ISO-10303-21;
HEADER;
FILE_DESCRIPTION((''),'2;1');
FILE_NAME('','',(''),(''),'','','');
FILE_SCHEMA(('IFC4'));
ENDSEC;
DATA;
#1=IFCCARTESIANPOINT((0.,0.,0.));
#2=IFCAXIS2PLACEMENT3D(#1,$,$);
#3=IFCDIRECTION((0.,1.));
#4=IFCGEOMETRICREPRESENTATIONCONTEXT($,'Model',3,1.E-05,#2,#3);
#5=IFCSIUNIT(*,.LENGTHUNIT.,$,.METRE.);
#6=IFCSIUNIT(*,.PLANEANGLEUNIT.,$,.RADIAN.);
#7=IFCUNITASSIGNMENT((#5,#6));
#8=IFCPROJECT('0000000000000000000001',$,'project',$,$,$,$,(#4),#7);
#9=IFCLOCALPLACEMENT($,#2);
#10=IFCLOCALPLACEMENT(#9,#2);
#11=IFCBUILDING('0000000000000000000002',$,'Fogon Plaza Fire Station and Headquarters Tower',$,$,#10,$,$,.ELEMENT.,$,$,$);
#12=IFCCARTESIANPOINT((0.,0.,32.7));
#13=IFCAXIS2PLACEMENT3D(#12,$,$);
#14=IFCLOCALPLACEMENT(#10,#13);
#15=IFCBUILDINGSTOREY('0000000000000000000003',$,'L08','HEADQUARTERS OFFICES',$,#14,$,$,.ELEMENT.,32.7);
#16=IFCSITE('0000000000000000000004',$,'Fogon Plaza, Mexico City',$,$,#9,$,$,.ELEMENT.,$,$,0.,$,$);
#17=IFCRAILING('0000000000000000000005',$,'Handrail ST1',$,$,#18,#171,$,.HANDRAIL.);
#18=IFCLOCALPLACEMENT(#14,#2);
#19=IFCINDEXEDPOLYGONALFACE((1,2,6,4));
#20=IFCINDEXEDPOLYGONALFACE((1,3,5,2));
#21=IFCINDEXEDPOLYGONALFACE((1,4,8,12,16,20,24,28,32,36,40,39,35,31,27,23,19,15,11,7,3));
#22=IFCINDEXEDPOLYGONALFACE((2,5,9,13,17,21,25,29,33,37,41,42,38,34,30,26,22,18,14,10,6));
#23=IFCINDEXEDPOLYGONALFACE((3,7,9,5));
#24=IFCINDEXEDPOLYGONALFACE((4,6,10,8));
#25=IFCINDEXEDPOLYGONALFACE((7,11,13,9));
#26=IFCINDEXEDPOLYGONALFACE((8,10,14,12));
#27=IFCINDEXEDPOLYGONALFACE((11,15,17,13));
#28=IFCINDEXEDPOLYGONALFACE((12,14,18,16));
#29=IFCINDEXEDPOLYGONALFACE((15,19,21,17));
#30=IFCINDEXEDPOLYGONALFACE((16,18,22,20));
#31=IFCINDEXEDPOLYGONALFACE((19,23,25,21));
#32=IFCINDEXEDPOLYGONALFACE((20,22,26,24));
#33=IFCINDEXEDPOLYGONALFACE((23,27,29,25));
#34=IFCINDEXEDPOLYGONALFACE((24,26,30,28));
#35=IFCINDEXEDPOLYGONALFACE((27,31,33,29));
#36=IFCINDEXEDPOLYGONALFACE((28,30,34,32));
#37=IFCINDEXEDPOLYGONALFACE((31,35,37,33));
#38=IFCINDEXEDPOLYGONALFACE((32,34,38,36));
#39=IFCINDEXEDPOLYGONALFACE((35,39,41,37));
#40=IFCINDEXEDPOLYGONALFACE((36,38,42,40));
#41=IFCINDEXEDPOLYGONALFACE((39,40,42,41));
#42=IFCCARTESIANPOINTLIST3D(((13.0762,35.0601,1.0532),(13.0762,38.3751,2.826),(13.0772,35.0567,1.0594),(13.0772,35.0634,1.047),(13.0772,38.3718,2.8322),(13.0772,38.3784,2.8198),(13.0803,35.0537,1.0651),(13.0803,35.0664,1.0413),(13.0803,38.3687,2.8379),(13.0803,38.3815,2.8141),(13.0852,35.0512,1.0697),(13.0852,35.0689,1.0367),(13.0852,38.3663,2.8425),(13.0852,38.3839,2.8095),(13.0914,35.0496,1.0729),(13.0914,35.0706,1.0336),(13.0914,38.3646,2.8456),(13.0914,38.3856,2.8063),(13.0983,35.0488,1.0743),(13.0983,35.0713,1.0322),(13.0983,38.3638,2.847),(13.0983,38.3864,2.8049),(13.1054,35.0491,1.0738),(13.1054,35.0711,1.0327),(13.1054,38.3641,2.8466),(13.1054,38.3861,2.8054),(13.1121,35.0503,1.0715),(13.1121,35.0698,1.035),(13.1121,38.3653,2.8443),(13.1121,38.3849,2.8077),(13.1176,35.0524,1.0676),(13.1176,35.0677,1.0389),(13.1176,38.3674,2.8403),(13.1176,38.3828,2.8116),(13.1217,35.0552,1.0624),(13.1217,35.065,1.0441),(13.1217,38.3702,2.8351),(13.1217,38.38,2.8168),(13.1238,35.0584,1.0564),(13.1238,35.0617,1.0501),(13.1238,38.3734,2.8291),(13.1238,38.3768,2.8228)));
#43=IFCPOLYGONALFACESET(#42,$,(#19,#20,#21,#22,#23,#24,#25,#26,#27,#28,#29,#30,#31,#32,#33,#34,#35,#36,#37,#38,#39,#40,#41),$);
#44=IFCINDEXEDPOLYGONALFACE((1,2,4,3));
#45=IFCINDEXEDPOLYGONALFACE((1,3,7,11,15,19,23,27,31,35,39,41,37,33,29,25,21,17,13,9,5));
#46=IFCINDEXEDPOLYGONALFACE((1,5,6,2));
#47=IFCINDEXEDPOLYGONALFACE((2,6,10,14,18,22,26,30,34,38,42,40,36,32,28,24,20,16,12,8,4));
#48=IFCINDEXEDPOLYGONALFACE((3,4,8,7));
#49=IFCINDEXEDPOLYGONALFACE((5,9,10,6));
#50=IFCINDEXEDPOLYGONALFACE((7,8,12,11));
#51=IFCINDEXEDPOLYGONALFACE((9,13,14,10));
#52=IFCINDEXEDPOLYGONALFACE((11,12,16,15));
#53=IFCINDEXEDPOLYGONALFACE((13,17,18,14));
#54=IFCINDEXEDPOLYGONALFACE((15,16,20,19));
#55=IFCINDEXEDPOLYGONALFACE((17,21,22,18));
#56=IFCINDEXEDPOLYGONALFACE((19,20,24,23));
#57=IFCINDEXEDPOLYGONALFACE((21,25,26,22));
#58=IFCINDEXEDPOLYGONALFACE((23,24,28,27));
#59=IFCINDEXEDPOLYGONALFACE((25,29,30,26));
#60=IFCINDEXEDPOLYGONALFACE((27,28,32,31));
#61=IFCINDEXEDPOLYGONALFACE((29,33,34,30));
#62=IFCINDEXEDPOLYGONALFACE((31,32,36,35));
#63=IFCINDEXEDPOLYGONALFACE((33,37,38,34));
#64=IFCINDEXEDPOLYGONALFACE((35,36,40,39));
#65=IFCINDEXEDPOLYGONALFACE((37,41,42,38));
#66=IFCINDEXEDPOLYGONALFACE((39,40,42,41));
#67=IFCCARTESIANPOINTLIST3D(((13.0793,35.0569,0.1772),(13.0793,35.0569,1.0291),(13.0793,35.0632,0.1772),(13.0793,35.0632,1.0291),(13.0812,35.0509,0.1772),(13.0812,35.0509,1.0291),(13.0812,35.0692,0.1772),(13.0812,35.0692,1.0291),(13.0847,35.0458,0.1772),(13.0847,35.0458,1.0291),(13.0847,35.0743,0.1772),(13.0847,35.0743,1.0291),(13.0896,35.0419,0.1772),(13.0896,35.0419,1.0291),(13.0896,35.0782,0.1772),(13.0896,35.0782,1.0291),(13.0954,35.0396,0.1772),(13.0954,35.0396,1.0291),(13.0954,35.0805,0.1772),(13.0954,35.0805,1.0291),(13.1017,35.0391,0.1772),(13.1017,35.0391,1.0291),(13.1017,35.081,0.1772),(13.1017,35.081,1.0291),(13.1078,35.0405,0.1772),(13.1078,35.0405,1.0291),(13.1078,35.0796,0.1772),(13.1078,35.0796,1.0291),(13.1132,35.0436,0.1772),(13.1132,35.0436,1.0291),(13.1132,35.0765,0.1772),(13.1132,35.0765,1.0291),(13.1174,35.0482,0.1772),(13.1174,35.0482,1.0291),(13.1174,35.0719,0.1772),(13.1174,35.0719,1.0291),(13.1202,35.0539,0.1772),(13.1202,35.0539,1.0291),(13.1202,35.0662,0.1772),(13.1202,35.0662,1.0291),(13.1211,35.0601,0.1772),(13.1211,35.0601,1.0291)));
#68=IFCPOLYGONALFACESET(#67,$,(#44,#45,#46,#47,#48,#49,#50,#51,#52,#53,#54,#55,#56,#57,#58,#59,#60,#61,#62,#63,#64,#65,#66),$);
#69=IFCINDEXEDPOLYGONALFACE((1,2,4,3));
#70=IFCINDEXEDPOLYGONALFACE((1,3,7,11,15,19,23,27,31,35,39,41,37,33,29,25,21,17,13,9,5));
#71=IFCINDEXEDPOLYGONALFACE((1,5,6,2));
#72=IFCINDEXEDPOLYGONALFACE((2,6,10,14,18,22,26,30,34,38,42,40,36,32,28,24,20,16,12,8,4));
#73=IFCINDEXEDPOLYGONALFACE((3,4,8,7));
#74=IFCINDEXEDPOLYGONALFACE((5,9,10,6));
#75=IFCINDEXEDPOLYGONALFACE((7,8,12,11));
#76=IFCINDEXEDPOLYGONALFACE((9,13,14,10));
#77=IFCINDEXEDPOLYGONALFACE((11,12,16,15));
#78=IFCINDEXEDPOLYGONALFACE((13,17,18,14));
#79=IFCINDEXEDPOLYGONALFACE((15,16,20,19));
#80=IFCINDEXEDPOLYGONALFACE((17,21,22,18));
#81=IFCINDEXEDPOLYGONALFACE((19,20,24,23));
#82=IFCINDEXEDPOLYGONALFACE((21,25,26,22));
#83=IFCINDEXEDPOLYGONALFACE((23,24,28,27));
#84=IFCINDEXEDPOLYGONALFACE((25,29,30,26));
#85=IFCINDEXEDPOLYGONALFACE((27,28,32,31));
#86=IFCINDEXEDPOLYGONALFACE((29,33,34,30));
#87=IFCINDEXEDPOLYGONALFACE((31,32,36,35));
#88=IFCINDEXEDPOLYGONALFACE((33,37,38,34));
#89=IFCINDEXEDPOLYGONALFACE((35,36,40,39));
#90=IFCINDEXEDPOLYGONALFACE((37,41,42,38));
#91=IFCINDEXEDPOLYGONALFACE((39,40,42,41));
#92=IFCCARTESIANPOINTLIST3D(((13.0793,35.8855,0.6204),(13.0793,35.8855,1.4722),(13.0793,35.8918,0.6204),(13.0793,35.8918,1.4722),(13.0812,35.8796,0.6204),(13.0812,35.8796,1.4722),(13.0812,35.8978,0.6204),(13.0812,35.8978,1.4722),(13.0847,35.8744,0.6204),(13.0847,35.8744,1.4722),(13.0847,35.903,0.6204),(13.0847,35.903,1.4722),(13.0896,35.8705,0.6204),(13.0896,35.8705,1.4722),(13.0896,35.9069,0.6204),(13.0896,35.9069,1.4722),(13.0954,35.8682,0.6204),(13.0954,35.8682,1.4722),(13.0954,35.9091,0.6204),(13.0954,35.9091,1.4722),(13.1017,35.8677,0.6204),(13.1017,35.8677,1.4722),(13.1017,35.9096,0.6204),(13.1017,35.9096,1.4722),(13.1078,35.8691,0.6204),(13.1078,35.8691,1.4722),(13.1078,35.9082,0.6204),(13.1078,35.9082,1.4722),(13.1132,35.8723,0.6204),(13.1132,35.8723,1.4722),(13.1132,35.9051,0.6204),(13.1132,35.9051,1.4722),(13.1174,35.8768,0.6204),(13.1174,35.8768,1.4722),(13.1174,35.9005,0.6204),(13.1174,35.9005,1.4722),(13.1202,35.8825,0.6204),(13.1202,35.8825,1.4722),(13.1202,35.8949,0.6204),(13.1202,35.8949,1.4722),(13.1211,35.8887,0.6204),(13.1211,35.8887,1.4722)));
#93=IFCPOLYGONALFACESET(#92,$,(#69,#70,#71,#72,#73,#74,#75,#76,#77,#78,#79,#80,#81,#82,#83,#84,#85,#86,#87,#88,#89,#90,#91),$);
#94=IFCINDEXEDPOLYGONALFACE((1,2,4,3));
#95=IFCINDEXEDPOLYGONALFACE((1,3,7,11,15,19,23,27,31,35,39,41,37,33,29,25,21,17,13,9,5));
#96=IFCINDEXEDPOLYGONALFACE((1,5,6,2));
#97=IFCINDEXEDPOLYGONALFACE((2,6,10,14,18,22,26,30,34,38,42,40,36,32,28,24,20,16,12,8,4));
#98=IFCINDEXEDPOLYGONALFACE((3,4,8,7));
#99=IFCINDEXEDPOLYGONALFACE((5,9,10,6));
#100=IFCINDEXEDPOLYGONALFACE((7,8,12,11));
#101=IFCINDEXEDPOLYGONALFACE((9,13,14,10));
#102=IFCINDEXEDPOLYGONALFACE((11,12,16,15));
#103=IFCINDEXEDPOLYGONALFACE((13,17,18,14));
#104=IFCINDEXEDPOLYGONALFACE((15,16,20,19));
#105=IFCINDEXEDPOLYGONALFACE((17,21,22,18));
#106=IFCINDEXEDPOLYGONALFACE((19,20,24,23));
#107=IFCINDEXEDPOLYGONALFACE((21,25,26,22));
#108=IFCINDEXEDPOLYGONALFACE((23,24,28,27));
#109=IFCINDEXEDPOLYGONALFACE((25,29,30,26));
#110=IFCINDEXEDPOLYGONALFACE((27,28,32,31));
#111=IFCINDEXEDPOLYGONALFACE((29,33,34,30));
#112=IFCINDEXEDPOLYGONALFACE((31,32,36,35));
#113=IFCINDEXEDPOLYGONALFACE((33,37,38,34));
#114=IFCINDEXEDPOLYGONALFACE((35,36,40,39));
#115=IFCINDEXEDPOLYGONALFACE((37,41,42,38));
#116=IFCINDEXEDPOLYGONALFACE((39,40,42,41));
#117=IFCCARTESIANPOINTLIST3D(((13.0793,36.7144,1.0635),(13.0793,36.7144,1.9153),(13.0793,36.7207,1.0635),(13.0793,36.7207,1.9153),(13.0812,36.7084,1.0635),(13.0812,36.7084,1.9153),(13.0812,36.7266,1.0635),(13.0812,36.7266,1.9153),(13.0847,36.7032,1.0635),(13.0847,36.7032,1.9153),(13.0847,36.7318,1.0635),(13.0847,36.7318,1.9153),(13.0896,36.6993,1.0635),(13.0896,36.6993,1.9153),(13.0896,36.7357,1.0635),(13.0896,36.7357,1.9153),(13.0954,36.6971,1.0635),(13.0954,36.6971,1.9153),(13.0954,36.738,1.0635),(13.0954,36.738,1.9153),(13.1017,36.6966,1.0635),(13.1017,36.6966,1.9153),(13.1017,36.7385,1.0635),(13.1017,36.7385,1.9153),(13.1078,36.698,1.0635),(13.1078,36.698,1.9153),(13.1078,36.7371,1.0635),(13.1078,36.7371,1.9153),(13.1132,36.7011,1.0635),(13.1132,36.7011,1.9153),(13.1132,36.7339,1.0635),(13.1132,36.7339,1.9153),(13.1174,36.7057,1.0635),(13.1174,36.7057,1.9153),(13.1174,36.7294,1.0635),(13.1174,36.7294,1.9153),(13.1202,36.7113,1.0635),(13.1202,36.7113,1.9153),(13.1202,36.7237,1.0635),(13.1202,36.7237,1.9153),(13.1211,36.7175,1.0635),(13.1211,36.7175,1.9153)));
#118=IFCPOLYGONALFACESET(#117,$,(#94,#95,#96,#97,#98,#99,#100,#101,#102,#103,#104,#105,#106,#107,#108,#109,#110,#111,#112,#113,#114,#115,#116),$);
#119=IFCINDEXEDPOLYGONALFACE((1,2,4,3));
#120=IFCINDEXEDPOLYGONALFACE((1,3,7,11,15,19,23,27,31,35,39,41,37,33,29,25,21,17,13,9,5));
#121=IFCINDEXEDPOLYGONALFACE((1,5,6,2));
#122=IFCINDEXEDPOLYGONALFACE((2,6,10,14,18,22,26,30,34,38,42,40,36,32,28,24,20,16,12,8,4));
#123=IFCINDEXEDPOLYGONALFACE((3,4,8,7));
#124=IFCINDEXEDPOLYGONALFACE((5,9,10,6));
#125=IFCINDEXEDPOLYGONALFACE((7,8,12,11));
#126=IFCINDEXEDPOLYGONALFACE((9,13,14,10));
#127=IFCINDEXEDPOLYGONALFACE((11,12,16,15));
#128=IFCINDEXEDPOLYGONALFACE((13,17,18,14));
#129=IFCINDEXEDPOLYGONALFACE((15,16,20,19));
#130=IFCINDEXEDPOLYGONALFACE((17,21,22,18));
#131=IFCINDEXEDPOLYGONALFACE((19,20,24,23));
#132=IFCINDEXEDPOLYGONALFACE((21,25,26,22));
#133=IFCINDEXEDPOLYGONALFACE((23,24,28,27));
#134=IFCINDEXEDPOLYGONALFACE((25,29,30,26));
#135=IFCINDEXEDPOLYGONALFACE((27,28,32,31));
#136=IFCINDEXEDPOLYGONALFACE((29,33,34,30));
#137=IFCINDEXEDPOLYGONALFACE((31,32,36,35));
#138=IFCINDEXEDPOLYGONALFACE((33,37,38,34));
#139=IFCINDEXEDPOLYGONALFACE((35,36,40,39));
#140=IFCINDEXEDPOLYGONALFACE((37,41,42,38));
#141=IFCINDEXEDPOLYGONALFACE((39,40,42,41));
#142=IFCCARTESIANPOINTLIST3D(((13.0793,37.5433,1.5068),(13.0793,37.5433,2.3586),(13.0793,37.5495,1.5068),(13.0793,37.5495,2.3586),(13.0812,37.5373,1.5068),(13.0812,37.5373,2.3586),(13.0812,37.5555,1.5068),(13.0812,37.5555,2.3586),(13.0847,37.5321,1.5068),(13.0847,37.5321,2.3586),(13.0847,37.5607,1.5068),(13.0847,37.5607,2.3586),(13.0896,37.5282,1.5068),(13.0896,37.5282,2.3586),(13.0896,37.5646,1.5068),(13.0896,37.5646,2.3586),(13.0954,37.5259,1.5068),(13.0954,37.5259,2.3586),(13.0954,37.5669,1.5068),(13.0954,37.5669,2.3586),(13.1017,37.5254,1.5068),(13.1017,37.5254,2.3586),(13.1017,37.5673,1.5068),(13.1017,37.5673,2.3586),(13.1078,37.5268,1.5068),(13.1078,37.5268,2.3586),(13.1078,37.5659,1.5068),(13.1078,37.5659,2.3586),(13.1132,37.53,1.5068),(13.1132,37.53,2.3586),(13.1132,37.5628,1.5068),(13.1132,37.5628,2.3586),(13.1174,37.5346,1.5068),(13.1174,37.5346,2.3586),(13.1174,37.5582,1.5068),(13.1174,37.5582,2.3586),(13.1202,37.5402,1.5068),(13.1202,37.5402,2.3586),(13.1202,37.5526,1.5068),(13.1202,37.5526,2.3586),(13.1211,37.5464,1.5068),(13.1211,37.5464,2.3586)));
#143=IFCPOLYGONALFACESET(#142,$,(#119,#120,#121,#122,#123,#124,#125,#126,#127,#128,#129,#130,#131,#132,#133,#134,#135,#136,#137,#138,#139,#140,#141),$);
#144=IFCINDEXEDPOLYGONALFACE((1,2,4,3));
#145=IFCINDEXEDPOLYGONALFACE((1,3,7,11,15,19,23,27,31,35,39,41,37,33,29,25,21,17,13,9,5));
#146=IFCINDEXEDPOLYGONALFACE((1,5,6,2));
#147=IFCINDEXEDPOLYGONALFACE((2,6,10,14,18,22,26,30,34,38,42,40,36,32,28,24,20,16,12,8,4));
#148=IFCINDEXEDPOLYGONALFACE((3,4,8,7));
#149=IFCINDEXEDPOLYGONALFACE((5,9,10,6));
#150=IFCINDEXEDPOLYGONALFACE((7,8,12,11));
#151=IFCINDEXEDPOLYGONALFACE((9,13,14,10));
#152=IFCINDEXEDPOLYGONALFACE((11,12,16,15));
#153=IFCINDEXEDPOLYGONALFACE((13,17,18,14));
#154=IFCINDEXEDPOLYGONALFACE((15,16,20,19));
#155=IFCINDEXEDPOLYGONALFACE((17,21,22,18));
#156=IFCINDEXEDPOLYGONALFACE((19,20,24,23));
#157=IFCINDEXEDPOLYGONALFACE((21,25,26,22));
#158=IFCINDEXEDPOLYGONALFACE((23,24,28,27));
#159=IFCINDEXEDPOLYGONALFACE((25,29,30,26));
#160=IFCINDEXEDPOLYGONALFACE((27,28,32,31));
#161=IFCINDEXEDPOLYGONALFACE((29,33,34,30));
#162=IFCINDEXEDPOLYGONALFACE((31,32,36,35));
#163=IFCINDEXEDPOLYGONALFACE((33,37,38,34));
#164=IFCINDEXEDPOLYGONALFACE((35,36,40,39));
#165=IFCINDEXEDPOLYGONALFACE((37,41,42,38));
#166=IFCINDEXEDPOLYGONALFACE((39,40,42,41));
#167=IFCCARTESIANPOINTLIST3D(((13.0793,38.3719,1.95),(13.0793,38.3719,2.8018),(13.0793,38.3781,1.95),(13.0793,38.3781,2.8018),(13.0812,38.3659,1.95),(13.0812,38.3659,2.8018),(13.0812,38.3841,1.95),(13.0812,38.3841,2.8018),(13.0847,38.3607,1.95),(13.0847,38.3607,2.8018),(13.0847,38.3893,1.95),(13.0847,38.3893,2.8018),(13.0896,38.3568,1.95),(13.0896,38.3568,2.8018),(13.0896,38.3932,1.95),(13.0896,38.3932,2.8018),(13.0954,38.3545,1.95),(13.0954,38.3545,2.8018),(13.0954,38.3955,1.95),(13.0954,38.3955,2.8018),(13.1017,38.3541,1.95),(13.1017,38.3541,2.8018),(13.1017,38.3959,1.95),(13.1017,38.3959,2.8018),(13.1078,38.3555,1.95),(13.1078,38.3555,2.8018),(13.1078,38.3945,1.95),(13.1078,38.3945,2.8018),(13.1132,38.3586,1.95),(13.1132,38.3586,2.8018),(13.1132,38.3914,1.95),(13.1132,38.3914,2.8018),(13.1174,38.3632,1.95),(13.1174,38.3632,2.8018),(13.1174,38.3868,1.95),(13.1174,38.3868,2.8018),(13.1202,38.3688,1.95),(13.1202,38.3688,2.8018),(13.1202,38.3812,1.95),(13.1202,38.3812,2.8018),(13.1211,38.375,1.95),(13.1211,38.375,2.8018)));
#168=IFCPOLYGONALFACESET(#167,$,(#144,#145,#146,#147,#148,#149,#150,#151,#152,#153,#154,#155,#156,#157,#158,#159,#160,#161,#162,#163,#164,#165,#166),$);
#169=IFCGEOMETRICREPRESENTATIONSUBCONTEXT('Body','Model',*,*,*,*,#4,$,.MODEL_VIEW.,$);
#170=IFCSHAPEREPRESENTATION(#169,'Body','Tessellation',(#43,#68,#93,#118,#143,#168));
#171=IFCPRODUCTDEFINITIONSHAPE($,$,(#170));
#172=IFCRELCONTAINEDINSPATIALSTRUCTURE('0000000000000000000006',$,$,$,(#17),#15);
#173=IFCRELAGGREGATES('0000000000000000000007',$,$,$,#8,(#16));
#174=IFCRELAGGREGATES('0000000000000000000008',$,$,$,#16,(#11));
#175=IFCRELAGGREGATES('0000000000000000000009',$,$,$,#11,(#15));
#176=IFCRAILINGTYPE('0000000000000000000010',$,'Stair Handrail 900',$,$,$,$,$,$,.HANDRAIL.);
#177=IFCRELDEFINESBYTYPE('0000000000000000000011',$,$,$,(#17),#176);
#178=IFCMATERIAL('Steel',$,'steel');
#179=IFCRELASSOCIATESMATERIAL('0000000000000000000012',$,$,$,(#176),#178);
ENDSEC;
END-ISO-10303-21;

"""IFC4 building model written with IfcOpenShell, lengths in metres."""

from ifc_helpers import new_model, si_unit, direction, frame, origin, origin_2d, place, context, subcontext, project, spatial, circle, extrude, material, type_object, element, save


model = new_model("IFC4")

# Units and contexts
model_context = context("Model", 3, precision=1e-05, world=origin(), true_north=direction((0.0, 1.0)))
body_context = subcontext(model_context, "Body", "Model", "MODEL_VIEW")
ifc_project = project(units=[si_unit("LENGTHUNIT", "METRE"), si_unit("PLANEANGLEUNIT", "RADIAN")], contexts=[model_context])

# Site, building, storey
site_placement = place(None, origin())
site = spatial("IfcSite", under=ifc_project, at=site_placement, Name="Fogon Plaza, Mexico City", CompositionType="ELEMENT", RefElevation=0.0)
building_placement = place(site_placement, origin())
building = spatial("IfcBuilding", under=site, at=building_placement, Name="Fogon Plaza Fire Station and Headquarters Tower", CompositionType="ELEMENT")
storey_placement = place(building_placement, frame((0.0, 0.0, 32.7)))
storey = spatial("IfcBuildingStorey", under=building, at=storey_placement, Name="L08", Description="HEADQUARTERS OFFICES", CompositionType="ELEMENT", Elevation=32.7)

# Railing
ifc_material_1 = material(Name="Steel", Category="steel")
railing_type = type_object("IfcRailingType", Name="Stair Handrail 900", PredefinedType="HANDRAIL", material=ifc_material_1)
for number, where, name in (
    (1, (13.1001, 35.0601, 0.1772), "Handrail ST1"),
):
    element("IfcRailing", number, at=place(storey_placement, frame(where)), inside=storey, type_object=railing_type, Name=name, PredefinedType="HANDRAIL", context=body_context, shape_type="SweptSolid", body=[
        extrude(circle(Radius=0.0239, at=origin_2d()), frame((0.0, 0.0, 0.876), z_axis=(0.0, 0.881829, 0.471569), x_axis=(-1.0, 0.0, 0.0)), (0.0, 0.0, 1.0), 3.7593),
        extrude(circle(Radius=0.021, at=origin_2d()), origin(), (0.0, 0.0, 1.0), 0.8518),
        extrude(circle(Radius=0.021, at=origin_2d()), frame((0.0, 0.8286, 0.4431)), (0.0, 0.0, 1.0), 0.8518),
        extrude(circle(Radius=0.021, at=origin_2d()), frame((0.0, 1.6575, 0.8862)), (0.0, 0.0, 1.0), 0.8518),
        extrude(circle(Radius=0.021, at=origin_2d()), frame((0.0, 2.4863, 1.3296)), (0.0, 0.0, 1.0), 0.8518),
        extrude(circle(Radius=0.021, at=origin_2d()), frame((0.0, 3.3149, 1.7727)), (0.0, 0.0, 1.0), 0.8518),
    ])

save(model, "model.ifc")
